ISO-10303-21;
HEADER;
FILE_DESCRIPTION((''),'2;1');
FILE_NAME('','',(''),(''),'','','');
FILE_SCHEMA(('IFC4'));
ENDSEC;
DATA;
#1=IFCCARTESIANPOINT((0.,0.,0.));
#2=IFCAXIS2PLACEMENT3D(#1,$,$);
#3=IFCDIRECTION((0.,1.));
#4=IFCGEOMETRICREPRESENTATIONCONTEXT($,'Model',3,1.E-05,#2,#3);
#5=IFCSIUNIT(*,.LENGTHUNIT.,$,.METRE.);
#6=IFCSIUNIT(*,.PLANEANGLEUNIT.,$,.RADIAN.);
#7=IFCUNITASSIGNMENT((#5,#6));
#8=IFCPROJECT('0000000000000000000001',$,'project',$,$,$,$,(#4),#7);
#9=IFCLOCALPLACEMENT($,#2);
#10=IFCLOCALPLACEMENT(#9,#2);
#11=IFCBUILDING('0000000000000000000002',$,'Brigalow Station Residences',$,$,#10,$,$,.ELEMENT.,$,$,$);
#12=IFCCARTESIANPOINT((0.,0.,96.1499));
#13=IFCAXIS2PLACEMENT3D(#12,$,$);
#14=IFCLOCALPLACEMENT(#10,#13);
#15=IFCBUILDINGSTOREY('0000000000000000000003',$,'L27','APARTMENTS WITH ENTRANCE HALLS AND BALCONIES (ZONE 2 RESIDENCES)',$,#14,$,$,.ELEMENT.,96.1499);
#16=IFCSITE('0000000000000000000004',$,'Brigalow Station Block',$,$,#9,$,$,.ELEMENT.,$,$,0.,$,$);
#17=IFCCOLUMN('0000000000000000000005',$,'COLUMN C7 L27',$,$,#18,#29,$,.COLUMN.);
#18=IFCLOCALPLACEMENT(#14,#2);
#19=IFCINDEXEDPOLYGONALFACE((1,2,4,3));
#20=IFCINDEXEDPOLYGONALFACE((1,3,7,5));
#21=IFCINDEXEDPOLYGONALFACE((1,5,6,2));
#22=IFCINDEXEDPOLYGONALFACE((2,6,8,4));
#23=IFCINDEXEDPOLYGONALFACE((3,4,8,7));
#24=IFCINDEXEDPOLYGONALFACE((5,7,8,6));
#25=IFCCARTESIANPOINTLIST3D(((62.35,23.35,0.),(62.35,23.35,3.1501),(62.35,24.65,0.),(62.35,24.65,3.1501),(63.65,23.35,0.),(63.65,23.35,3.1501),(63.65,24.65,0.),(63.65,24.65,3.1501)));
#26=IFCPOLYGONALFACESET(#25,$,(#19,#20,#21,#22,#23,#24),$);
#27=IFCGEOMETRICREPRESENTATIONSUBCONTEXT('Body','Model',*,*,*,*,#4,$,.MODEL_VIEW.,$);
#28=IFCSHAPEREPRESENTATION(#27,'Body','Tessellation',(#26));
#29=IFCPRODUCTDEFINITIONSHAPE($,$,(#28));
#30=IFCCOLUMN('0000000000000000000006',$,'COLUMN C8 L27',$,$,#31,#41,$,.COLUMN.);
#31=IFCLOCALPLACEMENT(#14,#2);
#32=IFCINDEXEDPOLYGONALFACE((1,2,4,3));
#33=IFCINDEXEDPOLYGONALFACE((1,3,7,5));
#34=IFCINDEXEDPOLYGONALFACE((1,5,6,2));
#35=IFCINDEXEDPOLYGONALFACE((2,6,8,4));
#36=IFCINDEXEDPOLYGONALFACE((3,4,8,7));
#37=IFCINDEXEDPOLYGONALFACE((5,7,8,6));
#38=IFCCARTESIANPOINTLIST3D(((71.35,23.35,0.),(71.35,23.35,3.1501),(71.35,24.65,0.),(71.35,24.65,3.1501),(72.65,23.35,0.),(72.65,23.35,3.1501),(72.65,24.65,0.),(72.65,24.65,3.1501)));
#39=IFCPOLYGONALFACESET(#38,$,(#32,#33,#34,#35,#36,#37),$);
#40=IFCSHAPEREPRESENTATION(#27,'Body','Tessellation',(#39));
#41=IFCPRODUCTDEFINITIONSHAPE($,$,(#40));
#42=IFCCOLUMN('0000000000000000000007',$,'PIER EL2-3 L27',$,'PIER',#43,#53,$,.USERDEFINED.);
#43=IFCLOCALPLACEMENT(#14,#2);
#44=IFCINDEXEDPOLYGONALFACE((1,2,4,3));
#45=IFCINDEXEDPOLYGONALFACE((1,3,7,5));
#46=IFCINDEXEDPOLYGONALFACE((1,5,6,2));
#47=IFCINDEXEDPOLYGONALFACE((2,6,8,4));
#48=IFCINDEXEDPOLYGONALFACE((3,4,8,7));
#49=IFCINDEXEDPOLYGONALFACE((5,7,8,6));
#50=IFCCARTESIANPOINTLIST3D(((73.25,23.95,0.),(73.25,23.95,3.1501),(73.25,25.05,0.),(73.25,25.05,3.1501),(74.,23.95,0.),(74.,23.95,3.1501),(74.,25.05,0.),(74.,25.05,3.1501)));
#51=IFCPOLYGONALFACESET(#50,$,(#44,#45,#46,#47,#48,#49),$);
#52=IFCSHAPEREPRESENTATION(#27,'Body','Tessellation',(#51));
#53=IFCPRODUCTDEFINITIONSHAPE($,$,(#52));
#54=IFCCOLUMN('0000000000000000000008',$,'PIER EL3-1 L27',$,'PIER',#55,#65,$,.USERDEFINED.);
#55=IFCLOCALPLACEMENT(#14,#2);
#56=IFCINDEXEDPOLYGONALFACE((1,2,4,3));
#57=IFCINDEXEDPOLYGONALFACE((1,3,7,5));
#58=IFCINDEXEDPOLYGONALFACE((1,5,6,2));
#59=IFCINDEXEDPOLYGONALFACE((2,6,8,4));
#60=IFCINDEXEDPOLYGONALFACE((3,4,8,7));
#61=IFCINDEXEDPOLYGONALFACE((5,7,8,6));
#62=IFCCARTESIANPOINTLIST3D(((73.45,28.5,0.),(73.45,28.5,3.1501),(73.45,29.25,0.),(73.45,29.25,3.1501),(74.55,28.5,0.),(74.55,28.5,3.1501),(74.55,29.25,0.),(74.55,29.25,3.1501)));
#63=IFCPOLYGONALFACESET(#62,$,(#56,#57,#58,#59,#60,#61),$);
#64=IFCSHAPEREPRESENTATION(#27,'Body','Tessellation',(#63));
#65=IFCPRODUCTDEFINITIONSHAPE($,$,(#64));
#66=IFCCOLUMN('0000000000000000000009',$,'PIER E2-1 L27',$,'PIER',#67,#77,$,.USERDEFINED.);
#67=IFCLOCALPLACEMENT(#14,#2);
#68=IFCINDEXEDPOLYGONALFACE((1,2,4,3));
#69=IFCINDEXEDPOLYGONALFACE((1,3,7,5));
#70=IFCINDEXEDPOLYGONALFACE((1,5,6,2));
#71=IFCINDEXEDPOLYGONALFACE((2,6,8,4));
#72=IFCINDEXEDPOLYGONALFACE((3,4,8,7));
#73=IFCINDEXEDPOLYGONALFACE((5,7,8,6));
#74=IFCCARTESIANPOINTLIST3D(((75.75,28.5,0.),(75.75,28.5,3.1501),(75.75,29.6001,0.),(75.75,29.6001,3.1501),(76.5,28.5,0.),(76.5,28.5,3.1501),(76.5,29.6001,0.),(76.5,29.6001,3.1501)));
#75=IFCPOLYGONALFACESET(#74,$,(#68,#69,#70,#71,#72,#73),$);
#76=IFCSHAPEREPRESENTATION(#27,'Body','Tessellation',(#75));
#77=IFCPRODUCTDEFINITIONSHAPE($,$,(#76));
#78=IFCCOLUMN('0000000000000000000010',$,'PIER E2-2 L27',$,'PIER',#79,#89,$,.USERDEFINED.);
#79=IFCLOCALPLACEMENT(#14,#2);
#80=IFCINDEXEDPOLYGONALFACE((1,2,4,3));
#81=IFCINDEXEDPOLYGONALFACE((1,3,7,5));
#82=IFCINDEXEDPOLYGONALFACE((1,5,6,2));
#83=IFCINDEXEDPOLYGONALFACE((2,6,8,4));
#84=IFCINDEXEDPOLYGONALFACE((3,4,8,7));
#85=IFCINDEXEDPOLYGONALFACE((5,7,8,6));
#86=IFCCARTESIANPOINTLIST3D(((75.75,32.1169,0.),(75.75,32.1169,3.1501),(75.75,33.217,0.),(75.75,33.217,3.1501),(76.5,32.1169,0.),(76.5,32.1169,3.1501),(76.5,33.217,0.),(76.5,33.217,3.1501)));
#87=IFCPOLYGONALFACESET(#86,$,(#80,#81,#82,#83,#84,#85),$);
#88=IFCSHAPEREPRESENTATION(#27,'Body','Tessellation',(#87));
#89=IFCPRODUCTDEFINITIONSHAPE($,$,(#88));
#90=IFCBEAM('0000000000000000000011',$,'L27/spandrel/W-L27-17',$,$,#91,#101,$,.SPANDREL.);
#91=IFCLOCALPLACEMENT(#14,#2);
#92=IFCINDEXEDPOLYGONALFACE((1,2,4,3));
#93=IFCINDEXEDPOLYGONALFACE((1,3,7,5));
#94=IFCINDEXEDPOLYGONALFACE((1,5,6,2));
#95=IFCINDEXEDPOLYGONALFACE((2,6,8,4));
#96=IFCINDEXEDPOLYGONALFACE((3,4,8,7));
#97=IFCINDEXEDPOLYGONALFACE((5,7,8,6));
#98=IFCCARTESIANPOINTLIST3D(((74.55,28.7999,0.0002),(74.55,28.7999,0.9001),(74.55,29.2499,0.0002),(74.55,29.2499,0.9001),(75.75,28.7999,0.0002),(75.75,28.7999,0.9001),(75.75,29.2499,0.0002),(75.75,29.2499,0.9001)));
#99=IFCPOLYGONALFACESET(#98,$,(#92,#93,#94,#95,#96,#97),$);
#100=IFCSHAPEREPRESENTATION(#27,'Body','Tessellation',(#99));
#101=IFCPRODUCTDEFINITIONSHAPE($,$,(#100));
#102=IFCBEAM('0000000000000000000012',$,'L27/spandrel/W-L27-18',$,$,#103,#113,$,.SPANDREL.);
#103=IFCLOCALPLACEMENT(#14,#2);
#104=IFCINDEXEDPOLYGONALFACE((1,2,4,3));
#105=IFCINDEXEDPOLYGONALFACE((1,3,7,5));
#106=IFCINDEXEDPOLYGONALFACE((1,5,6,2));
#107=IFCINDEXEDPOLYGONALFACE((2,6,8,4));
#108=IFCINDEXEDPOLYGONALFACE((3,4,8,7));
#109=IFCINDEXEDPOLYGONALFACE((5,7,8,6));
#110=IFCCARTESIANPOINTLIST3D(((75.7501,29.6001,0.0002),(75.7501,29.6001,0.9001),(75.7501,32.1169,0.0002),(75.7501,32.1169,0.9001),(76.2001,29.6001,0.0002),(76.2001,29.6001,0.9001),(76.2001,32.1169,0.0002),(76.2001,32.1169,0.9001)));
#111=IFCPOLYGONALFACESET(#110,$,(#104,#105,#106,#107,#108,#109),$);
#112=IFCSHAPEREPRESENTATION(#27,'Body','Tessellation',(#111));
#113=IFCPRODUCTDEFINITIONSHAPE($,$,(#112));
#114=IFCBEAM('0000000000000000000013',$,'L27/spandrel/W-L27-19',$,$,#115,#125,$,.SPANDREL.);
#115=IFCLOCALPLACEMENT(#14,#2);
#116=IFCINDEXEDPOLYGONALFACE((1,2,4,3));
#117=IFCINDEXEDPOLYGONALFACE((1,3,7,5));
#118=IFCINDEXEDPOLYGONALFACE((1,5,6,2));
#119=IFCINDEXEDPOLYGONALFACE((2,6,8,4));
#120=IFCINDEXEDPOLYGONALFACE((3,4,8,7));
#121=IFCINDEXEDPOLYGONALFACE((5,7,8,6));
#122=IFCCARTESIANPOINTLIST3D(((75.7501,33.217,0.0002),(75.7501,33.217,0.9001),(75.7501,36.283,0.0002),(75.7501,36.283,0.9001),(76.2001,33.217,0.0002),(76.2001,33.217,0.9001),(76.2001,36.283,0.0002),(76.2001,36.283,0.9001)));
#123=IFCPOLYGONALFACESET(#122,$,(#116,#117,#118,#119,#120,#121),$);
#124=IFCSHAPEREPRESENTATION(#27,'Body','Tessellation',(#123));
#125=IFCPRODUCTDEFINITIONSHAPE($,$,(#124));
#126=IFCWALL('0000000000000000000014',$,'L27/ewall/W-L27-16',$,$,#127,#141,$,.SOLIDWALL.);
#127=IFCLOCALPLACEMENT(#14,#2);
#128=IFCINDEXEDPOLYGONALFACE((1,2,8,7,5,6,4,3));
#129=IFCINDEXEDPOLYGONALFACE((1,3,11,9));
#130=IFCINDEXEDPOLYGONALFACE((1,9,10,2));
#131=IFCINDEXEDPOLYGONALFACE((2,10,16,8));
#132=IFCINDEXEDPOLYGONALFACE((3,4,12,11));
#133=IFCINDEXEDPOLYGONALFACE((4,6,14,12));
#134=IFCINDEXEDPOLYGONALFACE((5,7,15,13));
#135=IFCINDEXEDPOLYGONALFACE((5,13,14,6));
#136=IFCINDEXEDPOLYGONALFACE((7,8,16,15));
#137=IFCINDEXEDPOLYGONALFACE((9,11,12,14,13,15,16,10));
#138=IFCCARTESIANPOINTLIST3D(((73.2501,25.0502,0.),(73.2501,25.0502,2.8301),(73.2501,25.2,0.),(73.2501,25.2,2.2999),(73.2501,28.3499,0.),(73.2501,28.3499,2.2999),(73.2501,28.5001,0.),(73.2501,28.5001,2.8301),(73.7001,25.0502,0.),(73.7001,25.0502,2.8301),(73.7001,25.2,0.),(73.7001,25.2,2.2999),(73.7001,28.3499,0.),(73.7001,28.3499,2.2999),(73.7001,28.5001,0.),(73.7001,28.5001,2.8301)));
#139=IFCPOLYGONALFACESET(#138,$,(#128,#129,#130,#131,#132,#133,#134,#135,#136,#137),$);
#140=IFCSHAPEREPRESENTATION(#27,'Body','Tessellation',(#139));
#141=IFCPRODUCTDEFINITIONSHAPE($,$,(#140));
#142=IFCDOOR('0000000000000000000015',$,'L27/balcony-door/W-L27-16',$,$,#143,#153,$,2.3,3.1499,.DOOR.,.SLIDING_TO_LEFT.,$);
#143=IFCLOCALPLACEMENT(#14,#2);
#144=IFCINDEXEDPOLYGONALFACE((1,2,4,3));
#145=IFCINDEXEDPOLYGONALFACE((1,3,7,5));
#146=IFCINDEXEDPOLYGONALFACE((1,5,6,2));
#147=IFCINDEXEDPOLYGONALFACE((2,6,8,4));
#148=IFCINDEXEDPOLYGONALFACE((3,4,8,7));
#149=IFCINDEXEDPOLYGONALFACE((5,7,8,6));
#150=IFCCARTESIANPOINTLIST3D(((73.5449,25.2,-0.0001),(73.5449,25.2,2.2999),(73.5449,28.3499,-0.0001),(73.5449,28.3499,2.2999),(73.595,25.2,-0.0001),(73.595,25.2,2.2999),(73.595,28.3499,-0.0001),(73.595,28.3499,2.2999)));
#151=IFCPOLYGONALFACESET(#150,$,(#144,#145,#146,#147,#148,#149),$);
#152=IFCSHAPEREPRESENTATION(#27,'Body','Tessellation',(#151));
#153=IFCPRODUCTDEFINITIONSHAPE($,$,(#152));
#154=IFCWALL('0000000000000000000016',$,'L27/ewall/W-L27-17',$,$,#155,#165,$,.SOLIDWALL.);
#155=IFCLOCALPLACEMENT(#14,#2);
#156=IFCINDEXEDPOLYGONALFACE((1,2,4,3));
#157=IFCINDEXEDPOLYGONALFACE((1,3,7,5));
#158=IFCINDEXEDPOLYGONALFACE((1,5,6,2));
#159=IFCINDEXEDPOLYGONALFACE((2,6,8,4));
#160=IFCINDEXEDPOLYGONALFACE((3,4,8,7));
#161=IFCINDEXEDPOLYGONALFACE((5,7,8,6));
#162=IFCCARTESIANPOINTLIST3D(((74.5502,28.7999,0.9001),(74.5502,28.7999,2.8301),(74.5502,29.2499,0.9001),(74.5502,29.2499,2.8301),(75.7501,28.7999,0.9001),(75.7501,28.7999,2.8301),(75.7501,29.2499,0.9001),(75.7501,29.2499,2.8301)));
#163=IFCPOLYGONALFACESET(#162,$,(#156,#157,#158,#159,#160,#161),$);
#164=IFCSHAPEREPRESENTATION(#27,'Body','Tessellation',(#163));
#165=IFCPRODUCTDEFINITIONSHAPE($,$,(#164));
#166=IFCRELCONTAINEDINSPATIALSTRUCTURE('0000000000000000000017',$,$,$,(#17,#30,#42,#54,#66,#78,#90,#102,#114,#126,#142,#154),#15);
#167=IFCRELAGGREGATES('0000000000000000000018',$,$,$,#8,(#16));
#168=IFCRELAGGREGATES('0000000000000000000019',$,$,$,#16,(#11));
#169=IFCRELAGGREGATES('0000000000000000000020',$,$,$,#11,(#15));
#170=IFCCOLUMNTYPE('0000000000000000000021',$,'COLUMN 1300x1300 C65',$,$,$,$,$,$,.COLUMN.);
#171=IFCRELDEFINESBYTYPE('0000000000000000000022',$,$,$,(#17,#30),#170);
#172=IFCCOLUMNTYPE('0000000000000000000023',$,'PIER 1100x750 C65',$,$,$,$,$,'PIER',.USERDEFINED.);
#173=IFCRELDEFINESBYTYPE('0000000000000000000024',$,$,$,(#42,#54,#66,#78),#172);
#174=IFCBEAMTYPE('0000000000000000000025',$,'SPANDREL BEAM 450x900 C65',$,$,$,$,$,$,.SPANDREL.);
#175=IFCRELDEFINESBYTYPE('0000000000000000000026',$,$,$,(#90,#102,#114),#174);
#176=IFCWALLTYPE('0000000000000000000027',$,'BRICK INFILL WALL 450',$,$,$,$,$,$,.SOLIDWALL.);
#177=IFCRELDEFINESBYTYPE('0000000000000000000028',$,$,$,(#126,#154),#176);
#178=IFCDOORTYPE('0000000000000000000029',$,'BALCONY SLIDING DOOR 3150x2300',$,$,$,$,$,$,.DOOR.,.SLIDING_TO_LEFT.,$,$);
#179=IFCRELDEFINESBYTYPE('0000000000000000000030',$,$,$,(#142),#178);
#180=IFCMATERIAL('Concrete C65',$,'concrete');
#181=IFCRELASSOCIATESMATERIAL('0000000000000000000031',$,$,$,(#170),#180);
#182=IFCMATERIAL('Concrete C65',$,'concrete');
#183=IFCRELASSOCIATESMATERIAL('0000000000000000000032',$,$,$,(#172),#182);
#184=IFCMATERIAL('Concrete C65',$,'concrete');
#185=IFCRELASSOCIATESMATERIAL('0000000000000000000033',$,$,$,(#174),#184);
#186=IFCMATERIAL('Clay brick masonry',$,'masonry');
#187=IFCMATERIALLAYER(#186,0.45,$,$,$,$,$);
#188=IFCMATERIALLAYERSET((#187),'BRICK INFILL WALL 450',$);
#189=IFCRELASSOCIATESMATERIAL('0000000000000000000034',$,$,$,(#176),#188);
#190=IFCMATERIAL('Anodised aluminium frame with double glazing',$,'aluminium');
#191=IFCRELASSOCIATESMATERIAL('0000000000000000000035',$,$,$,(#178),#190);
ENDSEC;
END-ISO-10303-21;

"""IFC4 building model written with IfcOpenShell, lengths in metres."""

from ifc_helpers import new_model, si_unit, direction, frame, frame_2d, origin, origin_2d, place, context, subcontext, project, spatial, rectangle, extrude, material, layer, layer_set, material_profile, profile_set, type_object, element, fill, save


model = new_model("IFC4")

# Units and contexts
model_context = context("Model", 3, precision=1e-05, world=origin(), true_north=direction((0.0, 1.0)))
body_context = subcontext(model_context, "Body", "Model", "MODEL_VIEW")
ifc_project = project(units=[si_unit("LENGTHUNIT", "METRE"), si_unit("PLANEANGLEUNIT", "RADIAN")], contexts=[model_context])

# Site, building, storey
site_placement = place(None, origin())
site = spatial("IfcSite", under=ifc_project, at=site_placement, Name="Brigalow Station Block", CompositionType="ELEMENT", RefElevation=0.0)
building_placement = place(site_placement, origin())
building = spatial("IfcBuilding", under=site, at=building_placement, Name="Brigalow Station Residences", CompositionType="ELEMENT")
storey_placement = place(building_placement, frame((0.0, 0.0, 96.1499)))
storey = spatial("IfcBuildingStorey", under=building, at=storey_placement, Name="L27", Description="APARTMENTS WITH ENTRANCE HALLS AND BALCONIES (ZONE 2 RESIDENCES)", CompositionType="ELEMENT", Elevation=96.1499)

# Columns
ifc_material_1 = material(Name="Concrete C65", Category="concrete")
ifc_material_profile_1 = material_profile(ifc_material_1, rectangle(XDim=1.3, YDim=1.3, at=origin_2d()), Name="RC1300x1300")
ifc_profile_set_1 = profile_set([ifc_material_profile_1], Name="Concrete C65")
column_type_1 = type_object("IfcColumnType", Name="COLUMN 1300x1300 C65", PredefinedType="COLUMN", material=ifc_profile_set_1)
for number, where, z_axis, x_axis, name in (
    (1, (63.0, 24.0, 0.0), (0.0, 0.0, 1.0), (1.0, 0.0, 0.0), "COLUMN C7 L27"),
    (2, (72.0, 24.0, 0.0), (0.0, 0.0, 1.0), (1.0, 0.0, 0.0), "COLUMN C8 L27"),
):
    element("IfcColumn", number, at=place(storey_placement, frame(where, z_axis=z_axis, x_axis=x_axis)), inside=storey, type_object=column_type_1, Name=name, PredefinedType="COLUMN", context=body_context, shape_type="SweptSolid", body=[
        extrude(rectangle(XDim=1.3, YDim=1.3, at=origin_2d()), origin(), (0.0, 0.0, 1.0), 3.1501),
    ])
ifc_material_2 = material(Name="Concrete C65", Category="concrete")
ifc_material_profile_2 = material_profile(ifc_material_2, rectangle(XDim=1.1001, YDim=0.75, at=origin_2d()), Name="RC1100x750")
ifc_profile_set_2 = profile_set([ifc_material_profile_2], Name="Concrete C65")
column_type_2 = type_object("IfcColumnType", Name="PIER 1100x750 C65", ElementType="PIER", PredefinedType="USERDEFINED", material=ifc_profile_set_2)
for number, where, z_axis, x_axis, name in (
    (3, (73.625, 24.5, 0.0), (0.0, 0.0, 1.0), (0.0, 1.0, 0.0), "PIER EL2-3 L27"),
    (4, (74.0, 28.875, 0.0), (0.0, 0.0, 1.0), (1.0, 0.0, 0.0), "PIER EL3-1 L27"),
    (5, (76.125, 29.05, 0.0), (0.0, 0.0, 1.0), (0.0, 1.0, 0.0), "PIER E2-1 L27"),
    (6, (76.125, 32.667, 0.0), (0.0, 0.0, 1.0), (0.0, 1.0, 0.0), "PIER E2-2 L27"),
):
    element("IfcColumn", number, at=place(storey_placement, frame(where, z_axis=z_axis, x_axis=x_axis)), inside=storey, type_object=column_type_2, Name=name, ObjectType="PIER", PredefinedType="USERDEFINED", context=body_context, shape_type="SweptSolid", body=[
        extrude(rectangle(XDim=1.1001, YDim=0.75, at=origin_2d()), origin(), (0.0, 0.0, 1.0), 3.1501),
    ])

# Beams
ifc_material_3 = material(Name="Concrete C65", Category="concrete")
ifc_material_profile_3 = material_profile(ifc_material_3, rectangle(XDim=0.45, YDim=0.8999, at=origin_2d()), Name="RC450x900")
ifc_profile_set_3 = profile_set([ifc_material_profile_3], Name="Concrete C65")
beam_type = type_object("IfcBeamType", Name="SPANDREL BEAM 450x900 C65", PredefinedType="SPANDREL", material=ifc_profile_set_3)
beam_1_placement = place(storey_placement, frame((74.55, 29.0249, 0.4502), z_axis=(1.0, 0.0, 0.0), x_axis=(0.0, 1.0, 0.0)))
element("IfcBeam", 7, at=beam_1_placement, inside=storey, type_object=beam_type, Name="L27/spandrel/W-L27-17", PredefinedType="SPANDREL", context=body_context, shape_type="SweptSolid", body=[
    extrude(rectangle(XDim=0.45, YDim=0.8999, at=origin_2d()), origin(), (0.0, 0.0, 1.0), 1.2),
])
beam_2_placement = place(storey_placement, frame((75.9751, 29.6001, 0.4502), z_axis=(0.0, 1.0, 0.0), x_axis=(-1.0, 0.0, 0.0)))
element("IfcBeam", 8, at=beam_2_placement, inside=storey, type_object=beam_type, Name="L27/spandrel/W-L27-18", PredefinedType="SPANDREL", context=body_context, shape_type="SweptSolid", body=[
    extrude(rectangle(XDim=0.45, YDim=0.8999, at=origin_2d()), origin(), (0.0, 0.0, 1.0), 2.5168),
])
beam_3_placement = place(storey_placement, frame((75.9751, 33.217, 0.4502), z_axis=(0.0, 1.0, 0.0), x_axis=(-1.0, 0.0, 0.0)))
element("IfcBeam", 9, at=beam_3_placement, inside=storey, type_object=beam_type, Name="L27/spandrel/W-L27-19", PredefinedType="SPANDREL", context=body_context, shape_type="SweptSolid", body=[
    extrude(rectangle(XDim=0.45, YDim=0.8999, at=origin_2d()), origin(), (0.0, 0.0, 1.0), 3.0659),
])

# Wall, opening, door
ifc_material_4 = material(Name="Clay brick masonry", Category="masonry")
ifc_layer_1 = layer(ifc_material_4, 0.45)
ifc_layer_set_1 = layer_set([ifc_layer_1], Name="BRICK INFILL WALL 450")
wall_type_1 = type_object("IfcWallType", Name="BRICK INFILL WALL 450", PredefinedType="SOLIDWALL", material=ifc_layer_set_1)
wall_1_placement = place(storey_placement, frame((73.4751, 25.05, 0.0), z_axis=(0.0, 0.0, 1.0), x_axis=(0.0, 1.0, 0.0)))
wall_1 = element("IfcWall", 10, at=wall_1_placement, inside=storey, type_object=wall_type_1, Name="L27/ewall/W-L27-16", PredefinedType="SOLIDWALL", context=body_context, shape_type="SweptSolid", body=[
    extrude(rectangle(XDim=3.45, YDim=0.45, at=frame_2d((1.7251, 0.0))), origin(), (0.0, 0.0, 1.0), 2.8301),
])
opening_1_placement = place(wall_1_placement, frame((0.1499, 0.0, 0.0)))
opening_1 = element("IfcOpeningElement", 11, at=opening_1_placement, cuts=wall_1, PredefinedType="OPENING", context=body_context, shape_type="SweptSolid", body=[
    extrude(rectangle(XDim=3.1499, YDim=2.3, at=frame_2d((1.575, 1.1499))), frame((0.0, 0.2349, 0.0), z_axis=(0.0, -1.0, 0.0), x_axis=(1.0, 0.0, 0.0)), (0.0, 0.0, 1.0), 0.47),
])
ifc_material_5 = material(Name="Anodised aluminium frame with double glazing", Category="aluminium")
door_type_1 = type_object("IfcDoorType", Name="BALCONY SLIDING DOOR 3150x2300", OperationType="SLIDING_TO_LEFT", PredefinedType="DOOR", material=ifc_material_5)
door_1_placement = place(opening_1_placement, origin())
door_1 = element("IfcDoor", 12, at=door_1_placement, inside=storey, type_object=door_type_1, Name="L27/balcony-door/W-L27-16", OperationType="SLIDING_TO_LEFT", OverallHeight=2.3, OverallWidth=3.1499, PredefinedType="DOOR", context=body_context, shape_type="SweptSolid", body=[
    extrude(rectangle(XDim=3.1499, YDim=2.3, at=frame_2d((1.575, 1.1499))), frame((0.0, -0.0698, 0.0), z_axis=(0.0, -1.0, 0.0), x_axis=(1.0, 0.0, 0.0)), (0.0, 0.0, 1.0), 0.05),
])
fill(opening_1, door_1)

# Wall
wall_2_placement = place(storey_placement, frame((74.55, 29.0249, 0.9001), z_axis=(0.0, 0.0, 1.0), x_axis=(1.0, 0.0, 0.0)))
element("IfcWall", 13, at=wall_2_placement, inside=storey, type_object=wall_type_1, Name="L27/ewall/W-L27-17", PredefinedType="SOLIDWALL", context=body_context, shape_type="SweptSolid", body=[
    extrude(rectangle(XDim=1.2, YDim=0.45, at=frame_2d((0.6001, 0.0))), origin(), (0.0, 0.0, 1.0), 1.9299),
])

save(model, "model.ifc")
